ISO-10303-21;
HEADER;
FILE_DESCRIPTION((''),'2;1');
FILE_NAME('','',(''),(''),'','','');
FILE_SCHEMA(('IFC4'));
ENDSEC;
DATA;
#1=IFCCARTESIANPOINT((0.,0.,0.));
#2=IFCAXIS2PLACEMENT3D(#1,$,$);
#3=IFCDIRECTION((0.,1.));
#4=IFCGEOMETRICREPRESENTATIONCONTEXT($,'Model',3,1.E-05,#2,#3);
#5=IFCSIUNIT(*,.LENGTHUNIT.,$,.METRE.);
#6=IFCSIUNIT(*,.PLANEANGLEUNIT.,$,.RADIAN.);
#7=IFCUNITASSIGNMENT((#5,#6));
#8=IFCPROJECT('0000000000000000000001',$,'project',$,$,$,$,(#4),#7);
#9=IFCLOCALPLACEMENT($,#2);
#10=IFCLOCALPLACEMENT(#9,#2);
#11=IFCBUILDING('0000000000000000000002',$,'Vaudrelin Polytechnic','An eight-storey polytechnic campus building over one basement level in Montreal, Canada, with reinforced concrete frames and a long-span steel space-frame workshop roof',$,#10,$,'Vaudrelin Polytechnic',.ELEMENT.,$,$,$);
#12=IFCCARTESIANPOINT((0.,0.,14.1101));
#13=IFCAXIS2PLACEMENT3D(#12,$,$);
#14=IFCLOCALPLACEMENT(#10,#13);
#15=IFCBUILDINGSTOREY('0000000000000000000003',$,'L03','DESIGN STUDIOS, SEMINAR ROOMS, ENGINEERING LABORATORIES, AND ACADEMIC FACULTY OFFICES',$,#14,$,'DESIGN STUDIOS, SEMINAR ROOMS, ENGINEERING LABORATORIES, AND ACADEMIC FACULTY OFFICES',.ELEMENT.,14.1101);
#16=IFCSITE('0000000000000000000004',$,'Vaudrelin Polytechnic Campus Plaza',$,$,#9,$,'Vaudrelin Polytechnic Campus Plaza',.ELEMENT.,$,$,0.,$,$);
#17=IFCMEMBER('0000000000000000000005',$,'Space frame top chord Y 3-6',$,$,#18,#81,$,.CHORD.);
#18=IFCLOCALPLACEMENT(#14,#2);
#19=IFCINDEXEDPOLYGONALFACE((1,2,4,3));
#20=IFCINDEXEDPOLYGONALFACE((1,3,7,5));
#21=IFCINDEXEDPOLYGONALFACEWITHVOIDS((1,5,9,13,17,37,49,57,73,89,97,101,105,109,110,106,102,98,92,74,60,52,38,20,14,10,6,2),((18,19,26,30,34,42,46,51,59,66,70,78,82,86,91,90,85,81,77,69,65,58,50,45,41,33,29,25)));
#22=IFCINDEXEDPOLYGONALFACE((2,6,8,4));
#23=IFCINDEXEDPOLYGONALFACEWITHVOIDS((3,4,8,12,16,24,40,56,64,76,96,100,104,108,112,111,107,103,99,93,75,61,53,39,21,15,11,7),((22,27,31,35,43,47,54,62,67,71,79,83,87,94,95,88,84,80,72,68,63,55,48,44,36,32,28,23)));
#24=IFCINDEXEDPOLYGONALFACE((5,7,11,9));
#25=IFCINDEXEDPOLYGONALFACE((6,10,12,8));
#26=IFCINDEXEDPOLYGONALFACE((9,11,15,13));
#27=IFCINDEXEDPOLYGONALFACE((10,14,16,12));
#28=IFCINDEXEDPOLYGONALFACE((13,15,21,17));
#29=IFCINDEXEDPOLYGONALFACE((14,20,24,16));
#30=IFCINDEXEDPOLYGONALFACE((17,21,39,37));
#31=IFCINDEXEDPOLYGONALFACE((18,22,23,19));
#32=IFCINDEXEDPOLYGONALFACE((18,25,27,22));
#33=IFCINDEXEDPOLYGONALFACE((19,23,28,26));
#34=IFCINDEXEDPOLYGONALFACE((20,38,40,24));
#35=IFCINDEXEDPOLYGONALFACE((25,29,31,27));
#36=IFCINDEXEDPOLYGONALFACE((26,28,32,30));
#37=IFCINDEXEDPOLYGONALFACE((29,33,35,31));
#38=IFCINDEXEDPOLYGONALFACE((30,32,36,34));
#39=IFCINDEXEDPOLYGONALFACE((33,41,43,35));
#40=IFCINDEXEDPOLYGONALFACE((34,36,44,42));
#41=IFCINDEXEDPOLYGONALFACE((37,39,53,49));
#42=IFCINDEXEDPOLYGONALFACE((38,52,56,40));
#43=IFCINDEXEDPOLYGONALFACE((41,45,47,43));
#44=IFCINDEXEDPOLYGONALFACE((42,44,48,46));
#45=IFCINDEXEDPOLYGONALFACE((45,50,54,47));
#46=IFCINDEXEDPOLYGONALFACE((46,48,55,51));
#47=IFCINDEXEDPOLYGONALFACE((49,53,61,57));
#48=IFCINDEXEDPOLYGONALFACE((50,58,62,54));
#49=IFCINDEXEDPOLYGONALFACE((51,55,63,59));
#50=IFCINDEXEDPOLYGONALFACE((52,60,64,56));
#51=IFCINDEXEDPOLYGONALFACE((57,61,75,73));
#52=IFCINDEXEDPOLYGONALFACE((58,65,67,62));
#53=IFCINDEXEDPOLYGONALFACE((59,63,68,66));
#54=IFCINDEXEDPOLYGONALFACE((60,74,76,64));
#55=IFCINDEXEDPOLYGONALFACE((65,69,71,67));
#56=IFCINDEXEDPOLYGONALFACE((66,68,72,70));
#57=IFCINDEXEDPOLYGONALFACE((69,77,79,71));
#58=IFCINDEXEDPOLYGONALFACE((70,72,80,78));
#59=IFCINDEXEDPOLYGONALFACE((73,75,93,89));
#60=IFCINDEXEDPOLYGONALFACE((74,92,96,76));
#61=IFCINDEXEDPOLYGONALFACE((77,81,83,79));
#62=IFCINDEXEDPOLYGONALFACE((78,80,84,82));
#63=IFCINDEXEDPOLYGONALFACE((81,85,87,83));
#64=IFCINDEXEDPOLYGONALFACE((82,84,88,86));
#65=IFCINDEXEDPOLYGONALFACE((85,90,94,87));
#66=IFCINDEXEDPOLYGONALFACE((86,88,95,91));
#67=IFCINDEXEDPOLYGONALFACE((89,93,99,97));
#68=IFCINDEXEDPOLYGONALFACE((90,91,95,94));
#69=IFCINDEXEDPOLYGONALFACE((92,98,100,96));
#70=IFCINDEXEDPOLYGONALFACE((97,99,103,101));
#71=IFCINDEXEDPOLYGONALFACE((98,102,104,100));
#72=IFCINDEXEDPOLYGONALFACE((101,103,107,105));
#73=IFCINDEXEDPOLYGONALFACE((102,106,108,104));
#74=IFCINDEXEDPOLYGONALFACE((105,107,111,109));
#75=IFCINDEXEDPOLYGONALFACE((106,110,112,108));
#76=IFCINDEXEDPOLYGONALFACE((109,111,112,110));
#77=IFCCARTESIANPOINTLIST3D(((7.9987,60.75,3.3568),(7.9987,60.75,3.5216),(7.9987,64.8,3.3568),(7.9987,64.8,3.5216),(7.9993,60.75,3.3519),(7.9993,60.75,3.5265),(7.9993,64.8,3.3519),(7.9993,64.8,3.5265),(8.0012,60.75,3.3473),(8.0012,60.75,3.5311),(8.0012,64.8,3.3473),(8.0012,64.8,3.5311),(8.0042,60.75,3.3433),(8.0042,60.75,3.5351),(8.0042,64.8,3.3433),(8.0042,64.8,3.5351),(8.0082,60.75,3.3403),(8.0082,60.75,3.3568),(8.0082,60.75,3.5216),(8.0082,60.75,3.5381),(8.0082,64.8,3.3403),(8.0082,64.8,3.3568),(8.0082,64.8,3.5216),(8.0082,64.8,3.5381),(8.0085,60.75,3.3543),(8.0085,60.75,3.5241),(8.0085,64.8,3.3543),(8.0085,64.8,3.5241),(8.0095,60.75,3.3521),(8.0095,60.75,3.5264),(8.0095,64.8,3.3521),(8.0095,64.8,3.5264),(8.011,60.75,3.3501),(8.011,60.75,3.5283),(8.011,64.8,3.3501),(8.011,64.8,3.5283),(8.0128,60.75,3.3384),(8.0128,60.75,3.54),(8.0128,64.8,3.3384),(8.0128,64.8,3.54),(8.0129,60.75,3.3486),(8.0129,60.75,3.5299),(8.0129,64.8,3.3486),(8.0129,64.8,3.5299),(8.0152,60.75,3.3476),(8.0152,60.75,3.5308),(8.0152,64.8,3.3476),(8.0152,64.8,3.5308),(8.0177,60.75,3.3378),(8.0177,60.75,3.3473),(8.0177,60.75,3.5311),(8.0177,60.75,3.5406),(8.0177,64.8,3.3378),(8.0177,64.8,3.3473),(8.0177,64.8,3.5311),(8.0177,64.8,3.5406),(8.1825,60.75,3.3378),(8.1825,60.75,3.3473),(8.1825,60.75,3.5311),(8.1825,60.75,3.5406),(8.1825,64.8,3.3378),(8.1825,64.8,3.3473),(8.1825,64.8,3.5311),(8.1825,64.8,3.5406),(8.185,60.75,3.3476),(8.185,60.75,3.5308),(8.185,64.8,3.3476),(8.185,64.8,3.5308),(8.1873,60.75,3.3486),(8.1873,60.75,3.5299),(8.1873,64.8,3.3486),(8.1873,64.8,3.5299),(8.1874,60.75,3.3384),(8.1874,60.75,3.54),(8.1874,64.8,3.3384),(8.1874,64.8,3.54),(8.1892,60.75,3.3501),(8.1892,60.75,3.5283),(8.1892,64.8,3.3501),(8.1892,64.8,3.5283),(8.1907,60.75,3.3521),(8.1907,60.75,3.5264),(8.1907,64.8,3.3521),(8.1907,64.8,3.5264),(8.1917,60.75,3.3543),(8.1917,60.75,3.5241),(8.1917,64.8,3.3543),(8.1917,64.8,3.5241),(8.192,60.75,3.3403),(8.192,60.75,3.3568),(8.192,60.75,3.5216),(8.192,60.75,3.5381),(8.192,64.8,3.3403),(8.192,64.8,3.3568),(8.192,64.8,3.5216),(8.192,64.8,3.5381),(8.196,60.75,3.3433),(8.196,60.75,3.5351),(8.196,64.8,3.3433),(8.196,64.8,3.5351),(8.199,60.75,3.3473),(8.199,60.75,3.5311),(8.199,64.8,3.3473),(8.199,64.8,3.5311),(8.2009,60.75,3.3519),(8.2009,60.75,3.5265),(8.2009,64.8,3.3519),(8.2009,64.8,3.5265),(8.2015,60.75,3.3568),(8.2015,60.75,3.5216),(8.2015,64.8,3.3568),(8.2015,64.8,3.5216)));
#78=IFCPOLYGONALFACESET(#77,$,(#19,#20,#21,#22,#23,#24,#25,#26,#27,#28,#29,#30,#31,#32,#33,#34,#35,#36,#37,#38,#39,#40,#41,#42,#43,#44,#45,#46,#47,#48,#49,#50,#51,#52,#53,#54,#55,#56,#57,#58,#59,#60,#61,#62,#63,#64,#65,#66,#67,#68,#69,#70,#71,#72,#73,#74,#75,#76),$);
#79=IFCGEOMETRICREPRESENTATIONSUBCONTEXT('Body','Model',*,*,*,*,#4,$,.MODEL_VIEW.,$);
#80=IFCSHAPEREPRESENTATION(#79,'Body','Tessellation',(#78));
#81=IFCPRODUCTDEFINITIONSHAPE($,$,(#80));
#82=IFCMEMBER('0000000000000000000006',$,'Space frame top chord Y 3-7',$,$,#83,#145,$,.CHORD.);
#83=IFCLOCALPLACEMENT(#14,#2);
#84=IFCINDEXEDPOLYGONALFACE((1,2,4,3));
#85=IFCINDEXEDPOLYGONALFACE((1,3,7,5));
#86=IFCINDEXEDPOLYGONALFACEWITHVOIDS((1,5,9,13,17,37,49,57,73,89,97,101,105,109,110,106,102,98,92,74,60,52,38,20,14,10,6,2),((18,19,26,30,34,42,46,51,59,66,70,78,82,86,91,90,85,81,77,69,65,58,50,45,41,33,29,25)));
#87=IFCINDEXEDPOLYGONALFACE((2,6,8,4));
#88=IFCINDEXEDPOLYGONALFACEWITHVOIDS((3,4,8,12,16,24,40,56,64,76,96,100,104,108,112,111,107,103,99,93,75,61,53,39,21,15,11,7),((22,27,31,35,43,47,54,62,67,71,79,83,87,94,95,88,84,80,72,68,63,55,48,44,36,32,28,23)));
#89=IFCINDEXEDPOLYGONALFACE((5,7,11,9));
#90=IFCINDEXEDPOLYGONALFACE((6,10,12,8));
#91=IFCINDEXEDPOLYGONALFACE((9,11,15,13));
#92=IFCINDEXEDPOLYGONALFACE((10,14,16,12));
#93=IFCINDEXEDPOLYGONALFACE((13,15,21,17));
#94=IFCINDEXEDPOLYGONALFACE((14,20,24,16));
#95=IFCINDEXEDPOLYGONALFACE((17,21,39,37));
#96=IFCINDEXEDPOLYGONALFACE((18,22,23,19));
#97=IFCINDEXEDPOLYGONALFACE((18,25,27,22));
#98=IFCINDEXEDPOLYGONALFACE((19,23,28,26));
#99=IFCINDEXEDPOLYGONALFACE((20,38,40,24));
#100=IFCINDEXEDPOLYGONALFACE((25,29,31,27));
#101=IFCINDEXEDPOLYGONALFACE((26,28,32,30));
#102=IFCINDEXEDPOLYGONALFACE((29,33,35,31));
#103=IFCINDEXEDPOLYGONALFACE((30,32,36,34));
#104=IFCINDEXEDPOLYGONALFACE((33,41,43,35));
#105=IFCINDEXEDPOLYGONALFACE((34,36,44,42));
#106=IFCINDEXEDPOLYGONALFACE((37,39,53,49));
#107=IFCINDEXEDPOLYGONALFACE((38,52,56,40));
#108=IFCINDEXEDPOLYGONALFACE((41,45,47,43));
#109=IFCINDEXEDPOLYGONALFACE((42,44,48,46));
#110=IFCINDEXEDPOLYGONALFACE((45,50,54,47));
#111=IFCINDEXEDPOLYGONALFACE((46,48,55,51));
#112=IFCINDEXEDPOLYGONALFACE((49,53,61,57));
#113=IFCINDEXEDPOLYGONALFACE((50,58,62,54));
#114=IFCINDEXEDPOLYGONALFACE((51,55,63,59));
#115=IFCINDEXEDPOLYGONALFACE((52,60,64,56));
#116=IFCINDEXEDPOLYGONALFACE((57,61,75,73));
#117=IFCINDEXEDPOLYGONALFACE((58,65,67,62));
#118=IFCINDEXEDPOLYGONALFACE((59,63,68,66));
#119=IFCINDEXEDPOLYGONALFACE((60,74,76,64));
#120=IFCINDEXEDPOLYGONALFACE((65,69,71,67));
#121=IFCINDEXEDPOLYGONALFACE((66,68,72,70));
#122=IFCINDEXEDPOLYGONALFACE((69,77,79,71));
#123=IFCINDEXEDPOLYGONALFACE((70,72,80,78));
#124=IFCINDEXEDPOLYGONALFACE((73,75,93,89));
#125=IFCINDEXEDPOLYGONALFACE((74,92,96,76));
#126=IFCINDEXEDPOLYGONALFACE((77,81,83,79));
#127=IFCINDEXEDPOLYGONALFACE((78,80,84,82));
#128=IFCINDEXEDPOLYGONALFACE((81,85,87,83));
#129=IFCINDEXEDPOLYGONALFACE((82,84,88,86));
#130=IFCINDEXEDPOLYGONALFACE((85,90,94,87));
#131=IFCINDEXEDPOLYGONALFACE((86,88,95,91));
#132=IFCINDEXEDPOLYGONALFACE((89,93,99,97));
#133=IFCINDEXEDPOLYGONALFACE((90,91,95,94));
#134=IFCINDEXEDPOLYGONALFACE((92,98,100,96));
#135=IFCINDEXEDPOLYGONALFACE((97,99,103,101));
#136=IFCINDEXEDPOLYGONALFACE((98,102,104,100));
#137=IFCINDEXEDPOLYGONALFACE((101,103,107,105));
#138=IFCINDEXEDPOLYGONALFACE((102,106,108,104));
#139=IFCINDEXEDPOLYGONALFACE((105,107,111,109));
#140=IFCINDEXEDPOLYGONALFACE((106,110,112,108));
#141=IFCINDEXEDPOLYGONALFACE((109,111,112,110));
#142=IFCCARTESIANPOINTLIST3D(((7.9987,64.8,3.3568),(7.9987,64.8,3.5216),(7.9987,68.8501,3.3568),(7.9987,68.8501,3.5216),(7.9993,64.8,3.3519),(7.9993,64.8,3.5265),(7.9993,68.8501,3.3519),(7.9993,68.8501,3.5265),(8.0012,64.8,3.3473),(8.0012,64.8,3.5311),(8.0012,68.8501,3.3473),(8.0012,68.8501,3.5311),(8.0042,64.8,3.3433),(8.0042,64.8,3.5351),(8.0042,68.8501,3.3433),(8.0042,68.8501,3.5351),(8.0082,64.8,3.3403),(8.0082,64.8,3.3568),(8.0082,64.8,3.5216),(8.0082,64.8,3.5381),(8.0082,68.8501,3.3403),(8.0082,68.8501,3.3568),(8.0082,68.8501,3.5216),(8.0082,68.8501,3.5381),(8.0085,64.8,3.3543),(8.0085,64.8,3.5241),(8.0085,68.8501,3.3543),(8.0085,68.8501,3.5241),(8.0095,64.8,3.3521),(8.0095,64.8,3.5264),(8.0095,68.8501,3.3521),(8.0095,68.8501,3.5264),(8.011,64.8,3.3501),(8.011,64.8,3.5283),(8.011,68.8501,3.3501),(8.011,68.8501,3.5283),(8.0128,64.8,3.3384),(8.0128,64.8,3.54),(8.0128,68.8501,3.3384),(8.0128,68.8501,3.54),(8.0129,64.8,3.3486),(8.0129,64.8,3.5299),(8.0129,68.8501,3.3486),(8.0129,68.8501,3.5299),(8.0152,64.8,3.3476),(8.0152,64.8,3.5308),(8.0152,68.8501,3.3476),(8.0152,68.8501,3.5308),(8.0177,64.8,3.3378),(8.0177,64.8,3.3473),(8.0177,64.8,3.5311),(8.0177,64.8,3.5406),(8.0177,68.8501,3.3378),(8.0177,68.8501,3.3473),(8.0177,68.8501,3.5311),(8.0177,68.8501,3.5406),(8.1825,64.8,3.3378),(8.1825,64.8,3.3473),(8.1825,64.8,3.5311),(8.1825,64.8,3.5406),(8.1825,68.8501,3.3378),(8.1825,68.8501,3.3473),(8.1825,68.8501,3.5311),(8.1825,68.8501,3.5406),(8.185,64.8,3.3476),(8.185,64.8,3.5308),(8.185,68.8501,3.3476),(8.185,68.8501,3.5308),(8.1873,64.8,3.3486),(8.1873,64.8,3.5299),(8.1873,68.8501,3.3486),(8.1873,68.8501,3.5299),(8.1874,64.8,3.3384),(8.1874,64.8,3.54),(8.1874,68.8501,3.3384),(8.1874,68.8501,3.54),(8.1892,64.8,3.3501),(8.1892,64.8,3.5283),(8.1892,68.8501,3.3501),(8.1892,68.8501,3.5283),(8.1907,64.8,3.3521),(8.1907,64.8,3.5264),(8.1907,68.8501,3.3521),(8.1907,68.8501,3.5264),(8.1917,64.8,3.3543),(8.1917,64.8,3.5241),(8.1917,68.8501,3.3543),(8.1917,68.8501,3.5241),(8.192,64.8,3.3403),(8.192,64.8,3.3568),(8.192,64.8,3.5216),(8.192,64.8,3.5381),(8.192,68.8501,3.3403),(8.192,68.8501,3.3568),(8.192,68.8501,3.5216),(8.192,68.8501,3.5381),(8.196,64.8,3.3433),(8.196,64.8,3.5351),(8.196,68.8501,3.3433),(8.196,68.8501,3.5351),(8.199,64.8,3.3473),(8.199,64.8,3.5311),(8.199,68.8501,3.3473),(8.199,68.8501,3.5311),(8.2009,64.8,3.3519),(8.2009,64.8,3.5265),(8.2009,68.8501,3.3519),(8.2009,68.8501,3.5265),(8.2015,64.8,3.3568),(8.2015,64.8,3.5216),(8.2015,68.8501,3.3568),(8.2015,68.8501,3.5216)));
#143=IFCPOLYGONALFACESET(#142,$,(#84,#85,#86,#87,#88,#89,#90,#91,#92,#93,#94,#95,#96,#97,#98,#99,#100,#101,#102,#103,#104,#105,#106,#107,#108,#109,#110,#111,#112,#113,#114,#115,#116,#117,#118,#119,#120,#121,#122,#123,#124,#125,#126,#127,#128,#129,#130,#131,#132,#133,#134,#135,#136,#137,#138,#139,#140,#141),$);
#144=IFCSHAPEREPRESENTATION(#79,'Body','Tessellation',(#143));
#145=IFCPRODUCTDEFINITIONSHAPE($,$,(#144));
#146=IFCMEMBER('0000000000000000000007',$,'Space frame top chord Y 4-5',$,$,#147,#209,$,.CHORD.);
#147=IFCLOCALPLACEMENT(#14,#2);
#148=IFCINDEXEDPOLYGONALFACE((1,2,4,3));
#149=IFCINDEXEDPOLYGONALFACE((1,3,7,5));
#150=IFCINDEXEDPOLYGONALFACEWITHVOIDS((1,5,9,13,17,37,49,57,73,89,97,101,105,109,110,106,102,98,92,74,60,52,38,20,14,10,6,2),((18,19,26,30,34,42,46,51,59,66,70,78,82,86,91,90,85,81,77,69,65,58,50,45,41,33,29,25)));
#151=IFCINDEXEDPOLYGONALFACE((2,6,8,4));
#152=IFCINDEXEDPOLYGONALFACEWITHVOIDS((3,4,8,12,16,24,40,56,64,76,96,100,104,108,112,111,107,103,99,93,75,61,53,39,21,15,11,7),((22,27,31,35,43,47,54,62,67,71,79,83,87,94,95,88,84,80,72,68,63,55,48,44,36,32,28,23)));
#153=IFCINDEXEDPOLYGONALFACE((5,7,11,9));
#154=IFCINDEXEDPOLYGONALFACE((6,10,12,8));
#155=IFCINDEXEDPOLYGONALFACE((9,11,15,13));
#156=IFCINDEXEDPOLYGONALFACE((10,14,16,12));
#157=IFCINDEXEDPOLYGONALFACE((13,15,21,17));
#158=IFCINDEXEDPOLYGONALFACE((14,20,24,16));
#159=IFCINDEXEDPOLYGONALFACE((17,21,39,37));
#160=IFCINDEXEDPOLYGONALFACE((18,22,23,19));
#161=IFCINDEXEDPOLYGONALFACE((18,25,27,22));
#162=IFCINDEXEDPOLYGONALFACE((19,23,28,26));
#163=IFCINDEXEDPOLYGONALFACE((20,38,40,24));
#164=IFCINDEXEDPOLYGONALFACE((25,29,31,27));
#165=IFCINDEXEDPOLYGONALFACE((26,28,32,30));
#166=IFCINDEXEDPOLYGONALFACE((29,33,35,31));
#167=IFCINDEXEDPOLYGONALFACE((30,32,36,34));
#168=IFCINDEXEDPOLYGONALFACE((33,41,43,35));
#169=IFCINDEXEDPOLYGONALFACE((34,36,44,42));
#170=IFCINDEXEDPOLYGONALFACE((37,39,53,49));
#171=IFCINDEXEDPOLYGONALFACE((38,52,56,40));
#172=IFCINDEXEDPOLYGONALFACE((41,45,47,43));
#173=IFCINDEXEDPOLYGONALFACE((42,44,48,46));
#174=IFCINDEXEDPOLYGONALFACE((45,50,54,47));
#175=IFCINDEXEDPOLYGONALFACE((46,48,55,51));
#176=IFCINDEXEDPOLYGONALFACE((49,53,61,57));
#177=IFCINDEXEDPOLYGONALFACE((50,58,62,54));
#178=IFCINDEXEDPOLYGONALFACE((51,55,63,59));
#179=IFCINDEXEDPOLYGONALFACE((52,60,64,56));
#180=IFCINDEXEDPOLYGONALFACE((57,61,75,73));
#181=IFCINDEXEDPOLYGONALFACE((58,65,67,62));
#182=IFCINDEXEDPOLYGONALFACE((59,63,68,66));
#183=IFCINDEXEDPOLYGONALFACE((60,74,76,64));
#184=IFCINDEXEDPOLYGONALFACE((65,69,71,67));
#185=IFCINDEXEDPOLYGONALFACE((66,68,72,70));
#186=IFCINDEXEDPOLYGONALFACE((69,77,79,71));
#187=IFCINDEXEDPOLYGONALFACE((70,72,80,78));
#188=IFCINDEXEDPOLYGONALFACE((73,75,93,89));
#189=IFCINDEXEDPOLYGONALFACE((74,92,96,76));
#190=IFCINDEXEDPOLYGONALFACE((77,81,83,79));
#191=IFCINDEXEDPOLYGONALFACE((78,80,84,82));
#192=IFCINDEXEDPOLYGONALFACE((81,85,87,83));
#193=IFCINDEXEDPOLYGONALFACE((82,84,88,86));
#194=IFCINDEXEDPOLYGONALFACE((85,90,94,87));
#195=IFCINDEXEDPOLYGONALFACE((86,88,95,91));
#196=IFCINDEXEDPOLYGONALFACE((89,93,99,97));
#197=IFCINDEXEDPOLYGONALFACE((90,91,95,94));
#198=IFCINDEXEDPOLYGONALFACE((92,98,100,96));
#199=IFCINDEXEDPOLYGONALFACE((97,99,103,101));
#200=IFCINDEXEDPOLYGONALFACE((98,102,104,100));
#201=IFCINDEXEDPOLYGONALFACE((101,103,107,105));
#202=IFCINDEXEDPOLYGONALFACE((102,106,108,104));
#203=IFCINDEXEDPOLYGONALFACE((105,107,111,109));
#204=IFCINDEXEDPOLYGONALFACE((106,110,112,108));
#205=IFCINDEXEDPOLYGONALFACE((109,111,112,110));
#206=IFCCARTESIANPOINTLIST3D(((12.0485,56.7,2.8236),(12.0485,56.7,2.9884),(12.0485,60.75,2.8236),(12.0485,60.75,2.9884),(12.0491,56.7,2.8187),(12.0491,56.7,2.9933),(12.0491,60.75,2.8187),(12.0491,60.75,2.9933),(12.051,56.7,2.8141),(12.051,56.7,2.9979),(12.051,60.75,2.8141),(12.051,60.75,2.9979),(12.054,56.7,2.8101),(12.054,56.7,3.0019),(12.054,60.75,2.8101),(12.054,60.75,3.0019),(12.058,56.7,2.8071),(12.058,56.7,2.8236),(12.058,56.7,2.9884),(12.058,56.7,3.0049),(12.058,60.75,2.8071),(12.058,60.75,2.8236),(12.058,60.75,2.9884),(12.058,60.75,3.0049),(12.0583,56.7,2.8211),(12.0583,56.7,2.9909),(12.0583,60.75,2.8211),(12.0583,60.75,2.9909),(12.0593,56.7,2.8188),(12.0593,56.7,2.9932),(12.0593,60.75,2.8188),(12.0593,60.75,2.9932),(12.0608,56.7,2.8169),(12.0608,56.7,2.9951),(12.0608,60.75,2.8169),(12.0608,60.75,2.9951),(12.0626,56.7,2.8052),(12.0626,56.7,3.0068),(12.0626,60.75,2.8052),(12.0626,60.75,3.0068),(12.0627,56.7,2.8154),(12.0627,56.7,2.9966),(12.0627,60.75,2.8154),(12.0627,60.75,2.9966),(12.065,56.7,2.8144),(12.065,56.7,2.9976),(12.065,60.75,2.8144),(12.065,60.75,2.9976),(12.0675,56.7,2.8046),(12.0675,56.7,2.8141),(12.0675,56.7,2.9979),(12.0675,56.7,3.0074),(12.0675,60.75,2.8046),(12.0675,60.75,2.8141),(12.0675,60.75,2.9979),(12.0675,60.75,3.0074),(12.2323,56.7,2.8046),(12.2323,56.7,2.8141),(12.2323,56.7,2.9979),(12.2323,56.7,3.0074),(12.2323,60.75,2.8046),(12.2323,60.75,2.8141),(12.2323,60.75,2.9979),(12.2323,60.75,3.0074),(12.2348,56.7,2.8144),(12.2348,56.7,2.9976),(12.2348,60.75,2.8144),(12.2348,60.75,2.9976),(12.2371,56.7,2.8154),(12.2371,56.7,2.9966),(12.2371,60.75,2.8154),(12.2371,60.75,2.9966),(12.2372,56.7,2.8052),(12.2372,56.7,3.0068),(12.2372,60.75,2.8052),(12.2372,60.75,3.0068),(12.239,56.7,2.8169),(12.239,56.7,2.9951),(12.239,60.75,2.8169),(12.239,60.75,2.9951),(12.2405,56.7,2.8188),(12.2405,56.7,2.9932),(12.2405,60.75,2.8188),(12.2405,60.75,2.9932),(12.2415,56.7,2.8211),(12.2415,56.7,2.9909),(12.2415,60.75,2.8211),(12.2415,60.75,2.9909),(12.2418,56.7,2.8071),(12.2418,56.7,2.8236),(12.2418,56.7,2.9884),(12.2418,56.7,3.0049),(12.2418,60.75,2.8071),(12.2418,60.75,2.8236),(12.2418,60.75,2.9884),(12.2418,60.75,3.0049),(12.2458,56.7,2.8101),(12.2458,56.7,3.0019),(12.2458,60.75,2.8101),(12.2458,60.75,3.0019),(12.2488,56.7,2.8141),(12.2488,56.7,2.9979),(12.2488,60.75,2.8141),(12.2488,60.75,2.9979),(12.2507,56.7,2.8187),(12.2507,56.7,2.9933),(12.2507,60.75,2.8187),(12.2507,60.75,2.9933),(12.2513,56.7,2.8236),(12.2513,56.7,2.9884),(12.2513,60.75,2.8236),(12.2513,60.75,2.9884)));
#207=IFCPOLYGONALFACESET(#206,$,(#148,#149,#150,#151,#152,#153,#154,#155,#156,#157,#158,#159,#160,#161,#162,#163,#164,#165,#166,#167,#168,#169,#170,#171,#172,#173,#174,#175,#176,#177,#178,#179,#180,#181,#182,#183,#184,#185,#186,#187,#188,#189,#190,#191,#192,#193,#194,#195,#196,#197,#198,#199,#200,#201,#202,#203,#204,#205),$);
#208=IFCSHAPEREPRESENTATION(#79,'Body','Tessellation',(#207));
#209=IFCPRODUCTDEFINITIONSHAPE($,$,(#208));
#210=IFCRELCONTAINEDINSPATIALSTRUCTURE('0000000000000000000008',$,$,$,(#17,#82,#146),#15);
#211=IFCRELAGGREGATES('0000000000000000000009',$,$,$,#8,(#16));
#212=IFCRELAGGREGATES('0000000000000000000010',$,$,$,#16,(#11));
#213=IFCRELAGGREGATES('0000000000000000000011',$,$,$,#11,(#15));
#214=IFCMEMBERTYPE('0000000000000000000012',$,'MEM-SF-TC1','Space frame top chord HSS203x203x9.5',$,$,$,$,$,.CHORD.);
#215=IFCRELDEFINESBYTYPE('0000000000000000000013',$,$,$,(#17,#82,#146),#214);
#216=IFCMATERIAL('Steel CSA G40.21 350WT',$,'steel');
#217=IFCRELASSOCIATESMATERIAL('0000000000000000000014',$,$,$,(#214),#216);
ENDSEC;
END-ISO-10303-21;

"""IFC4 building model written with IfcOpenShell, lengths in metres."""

from ifc_helpers import new_model, si_unit, direction, frame, origin, origin_2d, place, context, subcontext, project, spatial, hollow_rectangle, extrude, material, material_profile, profile_set, type_object, element, save


model = new_model("IFC4")

# Units and contexts
model_context = context("Model", 3, precision=1e-05, world=origin(), true_north=direction((0.0, 1.0)))
body_context = subcontext(model_context, "Body", "Model", "MODEL_VIEW")
ifc_project = project(units=[si_unit("LENGTHUNIT", "METRE"), si_unit("PLANEANGLEUNIT", "RADIAN")], contexts=[model_context])

# Site, building, storey
site_placement = place(None, origin())
site = spatial("IfcSite", under=ifc_project, at=site_placement, Name="Vaudrelin Polytechnic Campus Plaza", LongName="Vaudrelin Polytechnic Campus Plaza", CompositionType="ELEMENT", RefElevation=0.0)
building_placement = place(site_placement, origin())
building = spatial("IfcBuilding", under=site, at=building_placement, Name="Vaudrelin Polytechnic", Description="An eight-storey polytechnic campus building over one basement level in Montreal, Canada, with reinforced concrete frames and a long-span steel space-frame workshop roof", LongName="Vaudrelin Polytechnic", CompositionType="ELEMENT")
storey_placement = place(building_placement, frame((0.0, 0.0, 14.1101)))
storey = spatial("IfcBuildingStorey", under=building, at=storey_placement, Name="L03", Description="DESIGN STUDIOS, SEMINAR ROOMS, ENGINEERING LABORATORIES, AND ACADEMIC FACULTY OFFICES", LongName="DESIGN STUDIOS, SEMINAR ROOMS, ENGINEERING LABORATORIES, AND ACADEMIC FACULTY OFFICES", CompositionType="ELEMENT", Elevation=14.1101)

# Members
ifc_material = material(Name="Steel CSA G40.21 350WT", Category="steel")
ifc_material_profile_1 = material_profile(ifc_material, hollow_rectangle(XDim=0.2029, YDim=0.2029, WallThickness=0.0095, InnerFilletRadius=0.0095, OuterFilletRadius=0.019, at=origin_2d()), Name="HSS203x203x9.5")
ifc_profile_set_1 = profile_set([ifc_material_profile_1], Name="Steel CSA G40.21 350WT")
member_type_1 = type_object("IfcMemberType", Name="MEM-SF-TC1", Description="Space frame top chord HSS203x203x9.5", PredefinedType="CHORD", material=ifc_profile_set_1)
for number, where, z_axis, x_axis, name in (
    (1, (8.1001, 60.75, 3.4392), (0.0, 1.0, 0.0), (-1.0, 0.0, 0.0), "Space frame top chord Y 3-6"),
    (2, (8.1001, 64.8, 3.4392), (0.0, 1.0, 0.0), (-1.0, 0.0, 0.0), "Space frame top chord Y 3-7"),
    (3, (12.1499, 56.7, 2.906), (0.0, 1.0, 0.0), (-1.0, 0.0, 0.0), "Space frame top chord Y 4-5"),
):
    element("IfcMember", number, at=place(storey_placement, frame(where, z_axis=z_axis, x_axis=x_axis)), inside=storey, type_object=member_type_1, Name=name, PredefinedType="CHORD", context=body_context, shape_type="SweptSolid", body=[
        extrude(hollow_rectangle(XDim=0.2029, YDim=0.2029, WallThickness=0.0095, InnerFilletRadius=0.0095, OuterFilletRadius=0.019, at=origin_2d()), origin(), (0.0, 0.0, 1.0), 4.05),
    ])

save(model, "model.ifc")
